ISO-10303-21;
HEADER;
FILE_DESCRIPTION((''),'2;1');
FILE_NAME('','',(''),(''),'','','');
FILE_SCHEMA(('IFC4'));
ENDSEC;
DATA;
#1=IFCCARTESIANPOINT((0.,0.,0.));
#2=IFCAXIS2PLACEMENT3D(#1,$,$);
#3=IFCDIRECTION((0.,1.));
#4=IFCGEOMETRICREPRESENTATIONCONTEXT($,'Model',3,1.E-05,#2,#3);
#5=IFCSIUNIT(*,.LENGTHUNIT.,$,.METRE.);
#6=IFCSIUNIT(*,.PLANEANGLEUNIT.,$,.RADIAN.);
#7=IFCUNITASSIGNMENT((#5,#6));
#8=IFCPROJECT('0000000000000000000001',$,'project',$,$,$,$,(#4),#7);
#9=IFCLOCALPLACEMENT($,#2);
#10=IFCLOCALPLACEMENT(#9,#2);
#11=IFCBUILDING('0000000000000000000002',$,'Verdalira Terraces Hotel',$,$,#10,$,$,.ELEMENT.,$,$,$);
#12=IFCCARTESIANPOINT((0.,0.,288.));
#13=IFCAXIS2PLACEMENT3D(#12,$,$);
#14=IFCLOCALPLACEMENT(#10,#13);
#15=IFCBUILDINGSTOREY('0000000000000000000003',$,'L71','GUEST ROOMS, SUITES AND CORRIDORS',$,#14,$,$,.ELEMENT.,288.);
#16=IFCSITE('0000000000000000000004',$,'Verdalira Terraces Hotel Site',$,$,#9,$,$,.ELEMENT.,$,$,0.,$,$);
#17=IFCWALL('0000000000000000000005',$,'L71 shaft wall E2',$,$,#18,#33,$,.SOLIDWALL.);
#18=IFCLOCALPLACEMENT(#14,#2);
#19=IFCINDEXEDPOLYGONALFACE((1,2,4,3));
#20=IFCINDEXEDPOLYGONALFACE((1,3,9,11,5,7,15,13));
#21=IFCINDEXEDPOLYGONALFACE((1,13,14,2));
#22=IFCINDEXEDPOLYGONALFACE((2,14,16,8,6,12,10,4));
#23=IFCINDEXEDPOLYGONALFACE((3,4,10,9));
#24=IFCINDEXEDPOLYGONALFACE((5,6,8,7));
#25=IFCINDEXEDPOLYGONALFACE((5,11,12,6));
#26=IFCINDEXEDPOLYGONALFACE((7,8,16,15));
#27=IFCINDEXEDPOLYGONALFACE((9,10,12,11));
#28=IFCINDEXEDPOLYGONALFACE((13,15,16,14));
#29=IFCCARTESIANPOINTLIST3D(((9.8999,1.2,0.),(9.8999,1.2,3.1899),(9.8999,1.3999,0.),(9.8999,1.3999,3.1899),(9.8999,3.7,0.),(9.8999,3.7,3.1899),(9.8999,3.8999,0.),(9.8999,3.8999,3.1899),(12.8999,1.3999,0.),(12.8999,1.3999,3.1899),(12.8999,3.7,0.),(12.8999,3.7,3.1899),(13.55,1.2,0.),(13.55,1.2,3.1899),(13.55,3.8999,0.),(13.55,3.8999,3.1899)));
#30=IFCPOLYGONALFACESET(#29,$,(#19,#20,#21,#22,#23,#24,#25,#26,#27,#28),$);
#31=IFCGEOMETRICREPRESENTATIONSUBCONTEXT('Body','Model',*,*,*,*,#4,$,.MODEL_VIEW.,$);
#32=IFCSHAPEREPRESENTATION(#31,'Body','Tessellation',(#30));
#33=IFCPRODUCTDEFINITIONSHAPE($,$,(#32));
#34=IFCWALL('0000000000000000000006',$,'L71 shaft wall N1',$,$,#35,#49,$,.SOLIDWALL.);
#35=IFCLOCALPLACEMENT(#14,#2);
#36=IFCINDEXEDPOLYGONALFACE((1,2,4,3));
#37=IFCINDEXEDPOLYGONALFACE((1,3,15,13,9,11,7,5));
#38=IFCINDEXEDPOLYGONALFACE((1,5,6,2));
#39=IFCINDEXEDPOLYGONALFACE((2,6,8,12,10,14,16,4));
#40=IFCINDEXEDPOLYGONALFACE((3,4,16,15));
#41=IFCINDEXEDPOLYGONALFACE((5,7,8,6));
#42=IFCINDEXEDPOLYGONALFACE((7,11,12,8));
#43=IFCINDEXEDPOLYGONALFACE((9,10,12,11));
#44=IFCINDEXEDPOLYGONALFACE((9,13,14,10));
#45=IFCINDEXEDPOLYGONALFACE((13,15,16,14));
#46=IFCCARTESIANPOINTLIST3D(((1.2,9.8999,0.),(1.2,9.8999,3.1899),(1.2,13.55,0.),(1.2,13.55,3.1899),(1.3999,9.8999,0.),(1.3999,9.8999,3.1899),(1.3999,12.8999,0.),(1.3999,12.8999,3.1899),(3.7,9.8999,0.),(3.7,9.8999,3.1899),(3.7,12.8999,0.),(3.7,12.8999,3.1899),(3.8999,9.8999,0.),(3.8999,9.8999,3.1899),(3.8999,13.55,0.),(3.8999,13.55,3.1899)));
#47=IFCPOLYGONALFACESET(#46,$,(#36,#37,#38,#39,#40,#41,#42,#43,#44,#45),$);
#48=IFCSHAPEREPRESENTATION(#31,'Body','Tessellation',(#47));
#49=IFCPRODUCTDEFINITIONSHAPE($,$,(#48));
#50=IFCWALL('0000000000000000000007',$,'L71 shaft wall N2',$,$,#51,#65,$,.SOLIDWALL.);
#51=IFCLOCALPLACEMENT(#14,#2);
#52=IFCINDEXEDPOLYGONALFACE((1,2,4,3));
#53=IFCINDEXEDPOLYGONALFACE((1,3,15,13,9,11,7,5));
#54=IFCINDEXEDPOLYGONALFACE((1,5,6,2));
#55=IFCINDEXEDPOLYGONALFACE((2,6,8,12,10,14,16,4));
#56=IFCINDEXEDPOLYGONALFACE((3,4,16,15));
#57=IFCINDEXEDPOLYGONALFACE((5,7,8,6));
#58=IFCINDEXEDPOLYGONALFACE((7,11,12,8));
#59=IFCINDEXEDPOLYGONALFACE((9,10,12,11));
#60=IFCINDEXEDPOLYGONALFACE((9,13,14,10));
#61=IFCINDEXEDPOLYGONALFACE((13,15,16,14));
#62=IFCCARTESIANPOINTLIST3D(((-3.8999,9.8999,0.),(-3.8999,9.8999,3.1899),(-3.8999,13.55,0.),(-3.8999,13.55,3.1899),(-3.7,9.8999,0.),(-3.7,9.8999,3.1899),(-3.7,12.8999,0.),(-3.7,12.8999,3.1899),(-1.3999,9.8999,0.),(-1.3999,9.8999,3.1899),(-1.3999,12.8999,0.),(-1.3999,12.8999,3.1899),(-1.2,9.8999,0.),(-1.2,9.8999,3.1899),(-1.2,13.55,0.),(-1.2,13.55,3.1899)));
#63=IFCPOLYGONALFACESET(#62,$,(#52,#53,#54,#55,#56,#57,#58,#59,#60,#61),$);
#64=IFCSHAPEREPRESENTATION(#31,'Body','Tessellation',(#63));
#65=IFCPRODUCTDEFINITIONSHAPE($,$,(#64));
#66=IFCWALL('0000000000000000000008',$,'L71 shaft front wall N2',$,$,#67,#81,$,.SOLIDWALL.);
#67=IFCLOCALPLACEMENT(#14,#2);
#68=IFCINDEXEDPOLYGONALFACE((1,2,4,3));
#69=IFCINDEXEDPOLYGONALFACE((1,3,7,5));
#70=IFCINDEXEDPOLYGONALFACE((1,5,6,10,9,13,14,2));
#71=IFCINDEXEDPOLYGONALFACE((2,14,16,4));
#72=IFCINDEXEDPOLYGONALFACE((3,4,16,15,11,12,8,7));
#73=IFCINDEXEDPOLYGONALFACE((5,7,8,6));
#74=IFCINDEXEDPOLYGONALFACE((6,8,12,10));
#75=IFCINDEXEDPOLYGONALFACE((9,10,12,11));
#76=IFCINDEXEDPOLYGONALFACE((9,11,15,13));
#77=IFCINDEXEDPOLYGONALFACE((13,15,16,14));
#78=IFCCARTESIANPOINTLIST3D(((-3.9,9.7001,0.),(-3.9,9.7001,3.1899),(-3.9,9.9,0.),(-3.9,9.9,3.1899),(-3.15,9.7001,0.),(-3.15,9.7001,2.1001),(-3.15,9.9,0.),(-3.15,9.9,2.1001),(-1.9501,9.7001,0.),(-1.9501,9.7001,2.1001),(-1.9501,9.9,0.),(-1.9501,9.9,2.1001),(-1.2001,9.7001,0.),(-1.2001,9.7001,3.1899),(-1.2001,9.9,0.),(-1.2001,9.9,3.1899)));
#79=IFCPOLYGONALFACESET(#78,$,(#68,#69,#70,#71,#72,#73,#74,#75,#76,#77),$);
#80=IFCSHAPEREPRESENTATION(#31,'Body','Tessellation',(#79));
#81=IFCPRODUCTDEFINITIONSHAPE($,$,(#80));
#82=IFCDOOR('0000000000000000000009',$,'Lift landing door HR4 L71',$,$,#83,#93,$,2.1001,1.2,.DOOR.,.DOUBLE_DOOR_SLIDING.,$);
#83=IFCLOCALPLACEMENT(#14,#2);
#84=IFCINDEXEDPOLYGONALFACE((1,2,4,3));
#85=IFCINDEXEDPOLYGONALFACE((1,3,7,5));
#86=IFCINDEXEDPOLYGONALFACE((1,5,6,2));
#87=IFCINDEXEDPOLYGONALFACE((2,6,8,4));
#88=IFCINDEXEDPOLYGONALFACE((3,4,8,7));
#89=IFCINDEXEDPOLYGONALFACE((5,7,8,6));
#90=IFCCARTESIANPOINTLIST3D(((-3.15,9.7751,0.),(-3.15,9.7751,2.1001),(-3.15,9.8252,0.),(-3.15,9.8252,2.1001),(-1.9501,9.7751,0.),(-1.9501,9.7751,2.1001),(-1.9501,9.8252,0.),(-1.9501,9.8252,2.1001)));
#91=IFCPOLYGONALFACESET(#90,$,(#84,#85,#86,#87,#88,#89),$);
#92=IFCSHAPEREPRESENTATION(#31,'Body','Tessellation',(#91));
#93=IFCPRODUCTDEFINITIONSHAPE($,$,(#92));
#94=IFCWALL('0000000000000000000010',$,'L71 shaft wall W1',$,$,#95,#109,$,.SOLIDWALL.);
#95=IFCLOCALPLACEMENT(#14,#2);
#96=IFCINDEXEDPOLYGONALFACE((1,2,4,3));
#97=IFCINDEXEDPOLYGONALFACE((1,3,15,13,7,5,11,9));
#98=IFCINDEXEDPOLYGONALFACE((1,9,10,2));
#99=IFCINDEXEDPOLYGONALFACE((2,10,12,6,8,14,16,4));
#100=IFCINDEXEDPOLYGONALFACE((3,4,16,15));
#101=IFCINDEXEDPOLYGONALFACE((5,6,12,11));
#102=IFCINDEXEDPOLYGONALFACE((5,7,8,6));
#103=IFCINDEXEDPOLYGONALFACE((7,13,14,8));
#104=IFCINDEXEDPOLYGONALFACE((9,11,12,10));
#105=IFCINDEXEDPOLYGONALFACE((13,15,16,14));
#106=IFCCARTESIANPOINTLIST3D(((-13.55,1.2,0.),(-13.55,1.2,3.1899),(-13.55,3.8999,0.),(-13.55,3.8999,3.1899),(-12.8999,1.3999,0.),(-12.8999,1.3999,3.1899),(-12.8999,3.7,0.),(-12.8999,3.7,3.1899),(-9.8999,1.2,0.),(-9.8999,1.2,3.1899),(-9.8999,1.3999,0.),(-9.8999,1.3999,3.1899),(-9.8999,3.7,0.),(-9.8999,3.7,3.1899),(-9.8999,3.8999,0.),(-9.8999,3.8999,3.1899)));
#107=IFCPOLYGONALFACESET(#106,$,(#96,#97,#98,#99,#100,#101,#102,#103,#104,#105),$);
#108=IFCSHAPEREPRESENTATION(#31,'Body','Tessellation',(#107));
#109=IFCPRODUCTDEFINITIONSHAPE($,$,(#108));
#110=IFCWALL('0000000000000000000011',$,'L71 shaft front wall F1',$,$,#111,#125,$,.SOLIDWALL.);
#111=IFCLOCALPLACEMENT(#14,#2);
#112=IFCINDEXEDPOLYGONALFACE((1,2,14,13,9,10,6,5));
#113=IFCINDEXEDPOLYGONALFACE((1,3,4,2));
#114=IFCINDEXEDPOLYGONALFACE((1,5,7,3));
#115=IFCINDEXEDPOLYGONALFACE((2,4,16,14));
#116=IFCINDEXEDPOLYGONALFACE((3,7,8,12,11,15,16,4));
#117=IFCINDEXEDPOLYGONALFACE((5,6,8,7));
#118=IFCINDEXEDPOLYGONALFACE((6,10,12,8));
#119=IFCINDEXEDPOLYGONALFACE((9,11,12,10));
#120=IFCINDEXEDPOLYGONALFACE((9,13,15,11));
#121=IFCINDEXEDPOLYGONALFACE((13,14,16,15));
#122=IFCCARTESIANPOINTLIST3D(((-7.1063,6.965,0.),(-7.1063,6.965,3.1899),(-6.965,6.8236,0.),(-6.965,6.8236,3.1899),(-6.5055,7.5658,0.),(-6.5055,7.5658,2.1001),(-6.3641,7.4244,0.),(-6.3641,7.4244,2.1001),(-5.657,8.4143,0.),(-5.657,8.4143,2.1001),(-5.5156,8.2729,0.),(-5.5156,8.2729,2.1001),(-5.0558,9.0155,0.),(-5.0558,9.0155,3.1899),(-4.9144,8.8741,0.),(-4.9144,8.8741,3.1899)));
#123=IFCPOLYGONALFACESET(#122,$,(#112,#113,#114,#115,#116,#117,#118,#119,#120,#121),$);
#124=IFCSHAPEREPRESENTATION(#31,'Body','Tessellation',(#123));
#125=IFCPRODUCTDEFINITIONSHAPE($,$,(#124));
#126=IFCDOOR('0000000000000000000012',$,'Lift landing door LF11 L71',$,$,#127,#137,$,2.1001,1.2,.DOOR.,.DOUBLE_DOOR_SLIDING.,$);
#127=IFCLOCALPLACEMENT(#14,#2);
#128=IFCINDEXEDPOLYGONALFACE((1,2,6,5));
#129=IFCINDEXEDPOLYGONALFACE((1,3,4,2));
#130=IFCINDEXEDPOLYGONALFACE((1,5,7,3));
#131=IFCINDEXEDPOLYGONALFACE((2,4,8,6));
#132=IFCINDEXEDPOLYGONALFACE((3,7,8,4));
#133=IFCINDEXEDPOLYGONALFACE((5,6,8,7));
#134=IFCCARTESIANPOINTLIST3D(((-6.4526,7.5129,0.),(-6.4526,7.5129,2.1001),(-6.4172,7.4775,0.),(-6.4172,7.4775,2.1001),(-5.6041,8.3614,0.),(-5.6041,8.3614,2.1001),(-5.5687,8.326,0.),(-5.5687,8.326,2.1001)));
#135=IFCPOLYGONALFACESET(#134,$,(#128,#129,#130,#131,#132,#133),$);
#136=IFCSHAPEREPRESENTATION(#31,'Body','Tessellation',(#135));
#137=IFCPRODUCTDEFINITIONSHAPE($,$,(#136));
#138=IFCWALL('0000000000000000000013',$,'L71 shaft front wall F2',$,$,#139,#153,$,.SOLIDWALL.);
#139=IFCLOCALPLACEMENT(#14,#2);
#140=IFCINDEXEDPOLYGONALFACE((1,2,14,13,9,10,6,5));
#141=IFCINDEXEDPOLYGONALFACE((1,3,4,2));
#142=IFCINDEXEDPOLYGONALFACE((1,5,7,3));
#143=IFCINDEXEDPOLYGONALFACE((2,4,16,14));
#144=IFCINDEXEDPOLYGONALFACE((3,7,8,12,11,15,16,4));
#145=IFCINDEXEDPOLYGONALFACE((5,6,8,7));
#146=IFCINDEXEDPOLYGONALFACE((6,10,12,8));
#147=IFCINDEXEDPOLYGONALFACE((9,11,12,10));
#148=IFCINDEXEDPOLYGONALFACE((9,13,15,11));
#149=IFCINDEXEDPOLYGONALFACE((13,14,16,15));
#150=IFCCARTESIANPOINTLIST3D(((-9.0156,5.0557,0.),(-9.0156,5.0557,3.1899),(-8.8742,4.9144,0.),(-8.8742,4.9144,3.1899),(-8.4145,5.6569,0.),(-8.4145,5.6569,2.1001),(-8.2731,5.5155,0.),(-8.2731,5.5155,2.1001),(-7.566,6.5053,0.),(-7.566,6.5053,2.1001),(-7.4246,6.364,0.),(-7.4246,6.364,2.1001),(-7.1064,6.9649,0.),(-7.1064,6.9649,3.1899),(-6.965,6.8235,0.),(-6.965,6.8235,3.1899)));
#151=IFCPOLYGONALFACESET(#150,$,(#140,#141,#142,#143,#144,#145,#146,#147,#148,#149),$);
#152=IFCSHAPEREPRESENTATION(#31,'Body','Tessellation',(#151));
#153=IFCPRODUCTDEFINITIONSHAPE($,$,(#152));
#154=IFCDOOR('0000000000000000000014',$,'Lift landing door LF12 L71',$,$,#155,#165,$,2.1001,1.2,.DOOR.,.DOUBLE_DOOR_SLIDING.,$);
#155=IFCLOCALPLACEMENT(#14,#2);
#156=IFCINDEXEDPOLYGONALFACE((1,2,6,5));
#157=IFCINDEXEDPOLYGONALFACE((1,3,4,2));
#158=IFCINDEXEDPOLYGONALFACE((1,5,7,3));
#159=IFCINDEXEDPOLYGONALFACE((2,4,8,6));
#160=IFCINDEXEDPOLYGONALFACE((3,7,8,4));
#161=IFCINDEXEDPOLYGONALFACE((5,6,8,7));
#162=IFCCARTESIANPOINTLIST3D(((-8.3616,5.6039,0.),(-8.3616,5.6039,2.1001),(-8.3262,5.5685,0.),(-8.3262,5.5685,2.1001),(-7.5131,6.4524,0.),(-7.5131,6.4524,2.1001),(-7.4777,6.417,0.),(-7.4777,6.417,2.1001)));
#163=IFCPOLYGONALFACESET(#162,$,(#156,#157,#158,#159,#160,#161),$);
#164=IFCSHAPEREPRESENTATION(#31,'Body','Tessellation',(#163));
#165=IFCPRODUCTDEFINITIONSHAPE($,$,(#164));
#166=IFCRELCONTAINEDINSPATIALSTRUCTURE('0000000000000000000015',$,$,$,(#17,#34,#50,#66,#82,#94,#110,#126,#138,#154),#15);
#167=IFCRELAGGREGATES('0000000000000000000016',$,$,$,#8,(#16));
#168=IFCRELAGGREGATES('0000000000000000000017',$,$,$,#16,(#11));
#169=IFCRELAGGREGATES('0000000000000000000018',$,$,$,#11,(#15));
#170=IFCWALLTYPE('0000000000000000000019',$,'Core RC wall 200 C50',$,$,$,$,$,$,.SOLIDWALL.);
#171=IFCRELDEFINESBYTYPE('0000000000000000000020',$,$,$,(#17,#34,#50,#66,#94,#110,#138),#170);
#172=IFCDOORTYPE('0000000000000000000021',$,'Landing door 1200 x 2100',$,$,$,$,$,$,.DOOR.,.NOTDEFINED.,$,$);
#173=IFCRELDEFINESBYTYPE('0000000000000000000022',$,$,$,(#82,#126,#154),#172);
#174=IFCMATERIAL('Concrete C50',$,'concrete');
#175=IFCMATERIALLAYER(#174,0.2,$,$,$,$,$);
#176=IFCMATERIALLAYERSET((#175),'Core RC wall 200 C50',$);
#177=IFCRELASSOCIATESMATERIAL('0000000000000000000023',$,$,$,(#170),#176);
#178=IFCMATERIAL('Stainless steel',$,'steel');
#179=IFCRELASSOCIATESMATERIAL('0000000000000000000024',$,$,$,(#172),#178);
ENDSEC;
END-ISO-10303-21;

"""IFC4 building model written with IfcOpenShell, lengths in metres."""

from ifc_helpers import new_model, si_unit, direction, frame, frame_2d, origin, place, context, subcontext, project, spatial, polyline, rectangle, outline, extrude, material, layer, layer_set, type_object, element, fill, save


model = new_model("IFC4")

# Units and contexts
model_context = context("Model", 3, precision=1e-05, world=origin(), true_north=direction((0.0, 1.0)))
body_context = subcontext(model_context, "Body", "Model", "MODEL_VIEW")
ifc_project = project(units=[si_unit("LENGTHUNIT", "METRE"), si_unit("PLANEANGLEUNIT", "RADIAN")], contexts=[model_context])

# Site, building, storey
site_placement = place(None, origin())
site = spatial("IfcSite", under=ifc_project, at=site_placement, Name="Verdalira Terraces Hotel Site", CompositionType="ELEMENT", RefElevation=0.0)
building_placement = place(site_placement, origin())
building = spatial("IfcBuilding", under=site, at=building_placement, Name="Verdalira Terraces Hotel", CompositionType="ELEMENT")
storey_placement = place(building_placement, frame((0.0, 0.0, 288.0)))
storey = spatial("IfcBuildingStorey", under=building, at=storey_placement, Name="L71", Description="GUEST ROOMS, SUITES AND CORRIDORS", CompositionType="ELEMENT", Elevation=288.0)

# Walls
ifc_material_1 = material(Name="Concrete C50", Category="concrete")
ifc_layer_1 = layer(ifc_material_1, 0.2)
ifc_layer_set_1 = layer_set([ifc_layer_1], Name="Core RC wall 200 C50")
wall_type_1 = type_object("IfcWallType", Name="Core RC wall 200 C50", PredefinedType="SOLIDWALL", material=ifc_layer_set_1)
wall_1_placement = place(storey_placement, origin())
element("IfcWall", 1, at=wall_1_placement, inside=storey, type_object=wall_type_1, Name="L71 shaft wall E2", PredefinedType="SOLIDWALL", context=body_context, shape_type="SweptSolid", body=[
    extrude(outline(polyline([(13.55, 3.8999), (13.55, 1.2), (9.8999, 1.2), (9.8999, 1.3999), (12.8999, 1.3999), (12.8999, 3.7), (9.8999, 3.7), (9.8999, 3.8999), (13.55, 3.8999)])), origin(), (0.0, 0.0, 1.0), 3.1899),
])
wall_2_placement = place(storey_placement, origin())
element("IfcWall", 2, at=wall_2_placement, inside=storey, type_object=wall_type_1, Name="L71 shaft wall N1", PredefinedType="SOLIDWALL", context=body_context, shape_type="SweptSolid", body=[
    extrude(outline(polyline([(3.8999, 9.8999), (3.7, 9.8999), (3.7, 12.8999), (1.3999, 12.8999), (1.3999, 9.8999), (1.2, 9.8999), (1.2, 13.55), (3.8999, 13.55), (3.8999, 9.8999)])), origin(), (0.0, 0.0, 1.0), 3.1899),
])
wall_3_placement = place(storey_placement, origin())
element("IfcWall", 3, at=wall_3_placement, inside=storey, type_object=wall_type_1, Name="L71 shaft wall N2", PredefinedType="SOLIDWALL", context=body_context, shape_type="SweptSolid", body=[
    extrude(outline(polyline([(-3.8999, 13.55), (-1.2, 13.55), (-1.2, 9.8999), (-1.3999, 9.8999), (-1.3999, 12.8999), (-3.7, 12.8999), (-3.7, 9.8999), (-3.8999, 9.8999), (-3.8999, 13.55)])), origin(), (0.0, 0.0, 1.0), 3.1899),
])

# Wall, opening, door
wall_4_placement = place(storey_placement, frame((-1.2, 9.8, 0.0), z_axis=(0.0, 0.0, 1.0), x_axis=(-1.0, 0.0, 0.0)))
wall_4 = element("IfcWall", 4, at=wall_4_placement, inside=storey, type_object=wall_type_1, Name="L71 shaft front wall N2", PredefinedType="SOLIDWALL", context=body_context, shape_type="SweptSolid", body=[
    extrude(rectangle(XDim=2.7, YDim=0.2, at=frame_2d((1.3501, 0.0))), origin(), (0.0, 0.0, 1.0), 3.1899),
])
opening_1_placement = place(wall_4_placement, frame((0.75, 0.0, 0.0)))
opening_1 = element("IfcOpeningElement", 5, at=opening_1_placement, cuts=wall_4, PredefinedType="OPENING", context=body_context, shape_type="SweptSolid", body=[
    extrude(rectangle(XDim=1.2, YDim=2.1001, at=frame_2d((0.6001, 1.05))), frame((0.0, 0.1099, 0.0), z_axis=(0.0, -1.0, 0.0), x_axis=(1.0, 0.0, 0.0)), (0.0, 0.0, 1.0), 0.22),
])
ifc_material_2 = material(Name="Stainless steel", Category="steel")
door_type_1 = type_object("IfcDoorType", Name="Landing door 1200 x 2100", OperationType="NOTDEFINED", PredefinedType="DOOR", material=ifc_material_2)
door_1_placement = place(opening_1_placement, origin())
door_1 = element("IfcDoor", 6, at=door_1_placement, inside=storey, type_object=door_type_1, Name="Lift landing door HR4 L71", OperationType="DOUBLE_DOOR_SLIDING", OverallHeight=2.1001, OverallWidth=1.2, PredefinedType="DOOR", context=body_context, shape_type="SweptSolid", body=[
    extrude(rectangle(XDim=1.2, YDim=2.1001, at=frame_2d((0.6001, 1.05))), frame((0.0, 0.0249, 0.0), z_axis=(0.0, -1.0, 0.0), x_axis=(1.0, 0.0, 0.0)), (0.0, 0.0, 1.0), 0.05),
])
fill(opening_1, door_1)

# Wall
wall_5_placement = place(storey_placement, origin())
element("IfcWall", 7, at=wall_5_placement, inside=storey, type_object=wall_type_1, Name="L71 shaft wall W1", PredefinedType="SOLIDWALL", context=body_context, shape_type="SweptSolid", body=[
    extrude(outline(polyline([(-13.55, 3.8999), (-9.8999, 3.8999), (-9.8999, 3.7), (-12.8999, 3.7), (-12.8999, 1.3999), (-9.8999, 1.3999), (-9.8999, 1.2), (-13.55, 1.2), (-13.55, 3.8999)])), origin(), (0.0, 0.0, 1.0), 3.1899),
])

# Walls, openings, doors
wall_6_placement = place(storey_placement, frame((-4.9851, 8.9448, 0.0), z_axis=(0.0, 0.0, 1.0), x_axis=(-0.707107, -0.707107, 0.0)))
wall_6 = element("IfcWall", 8, at=wall_6_placement, inside=storey, type_object=wall_type_1, Name="L71 shaft front wall F1", PredefinedType="SOLIDWALL", context=body_context, shape_type="SweptSolid", body=[
    extrude(rectangle(XDim=2.8999, YDim=0.2, at=frame_2d((1.45, 0.0))), origin(), (0.0, 0.0, 1.0), 3.1899),
])
opening_2_placement = place(wall_6_placement, frame((0.8501, 0.0, 0.0)))
opening_2 = element("IfcOpeningElement", 9, at=opening_2_placement, cuts=wall_6, PredefinedType="OPENING", context=body_context, shape_type="SweptSolid", body=[
    extrude(rectangle(XDim=1.2, YDim=2.1001, at=frame_2d((0.6001, 1.05))), frame((0.0, 0.1099, 0.0), z_axis=(0.0, -1.0, 0.0), x_axis=(1.0, 0.0, 0.0)), (0.0, 0.0, 1.0), 0.22),
])
door_2_placement = place(opening_2_placement, origin())
door_2 = element("IfcDoor", 10, at=door_2_placement, inside=storey, type_object=door_type_1, Name="Lift landing door LF11 L71", OperationType="DOUBLE_DOOR_SLIDING", OverallHeight=2.1001, OverallWidth=1.2, PredefinedType="DOOR", context=body_context, shape_type="SweptSolid", body=[
    extrude(rectangle(XDim=1.2, YDim=2.1001, at=frame_2d((0.6001, 1.05))), frame((0.0, 0.0249, 0.0), z_axis=(0.0, -1.0, 0.0), x_axis=(1.0, 0.0, 0.0)), (0.0, 0.0, 1.0), 0.05),
])
fill(opening_2, door_2)
wall_7_placement = place(storey_placement, frame((-7.0356, 6.8943, 0.0), z_axis=(0.0, 0.0, 1.0), x_axis=(-0.707107, -0.707107, 0.0)))
wall_7 = element("IfcWall", 11, at=wall_7_placement, inside=storey, type_object=wall_type_1, Name="L71 shaft front wall F2", PredefinedType="SOLIDWALL", context=body_context, shape_type="SweptSolid", body=[
    extrude(rectangle(XDim=2.7, YDim=0.2, at=frame_2d((1.3501, 0.0))), origin(), (0.0, 0.0, 1.0), 3.1899),
])
opening_3_placement = place(wall_7_placement, frame((0.6499, 0.0, 0.0)))
opening_3 = element("IfcOpeningElement", 12, at=opening_3_placement, cuts=wall_7, PredefinedType="OPENING", context=body_context, shape_type="SweptSolid", body=[
    extrude(rectangle(XDim=1.2, YDim=2.1001, at=frame_2d((0.6001, 1.05))), frame((0.0, 0.1099, 0.0), z_axis=(0.0, -1.0, 0.0), x_axis=(1.0, 0.0, 0.0)), (0.0, 0.0, 1.0), 0.22),
])
door_3_placement = place(opening_3_placement, origin())
door_3 = element("IfcDoor", 13, at=door_3_placement, inside=storey, type_object=door_type_1, Name="Lift landing door LF12 L71", OperationType="DOUBLE_DOOR_SLIDING", OverallHeight=2.1001, OverallWidth=1.2, PredefinedType="DOOR", context=body_context, shape_type="SweptSolid", body=[
    extrude(rectangle(XDim=1.2, YDim=2.1001, at=frame_2d((0.6001, 1.05))), frame((0.0, 0.0249, 0.0), z_axis=(0.0, -1.0, 0.0), x_axis=(1.0, 0.0, 0.0)), (0.0, 0.0, 1.0), 0.05),
])
fill(opening_3, door_3)

save(model, "model.ifc")
